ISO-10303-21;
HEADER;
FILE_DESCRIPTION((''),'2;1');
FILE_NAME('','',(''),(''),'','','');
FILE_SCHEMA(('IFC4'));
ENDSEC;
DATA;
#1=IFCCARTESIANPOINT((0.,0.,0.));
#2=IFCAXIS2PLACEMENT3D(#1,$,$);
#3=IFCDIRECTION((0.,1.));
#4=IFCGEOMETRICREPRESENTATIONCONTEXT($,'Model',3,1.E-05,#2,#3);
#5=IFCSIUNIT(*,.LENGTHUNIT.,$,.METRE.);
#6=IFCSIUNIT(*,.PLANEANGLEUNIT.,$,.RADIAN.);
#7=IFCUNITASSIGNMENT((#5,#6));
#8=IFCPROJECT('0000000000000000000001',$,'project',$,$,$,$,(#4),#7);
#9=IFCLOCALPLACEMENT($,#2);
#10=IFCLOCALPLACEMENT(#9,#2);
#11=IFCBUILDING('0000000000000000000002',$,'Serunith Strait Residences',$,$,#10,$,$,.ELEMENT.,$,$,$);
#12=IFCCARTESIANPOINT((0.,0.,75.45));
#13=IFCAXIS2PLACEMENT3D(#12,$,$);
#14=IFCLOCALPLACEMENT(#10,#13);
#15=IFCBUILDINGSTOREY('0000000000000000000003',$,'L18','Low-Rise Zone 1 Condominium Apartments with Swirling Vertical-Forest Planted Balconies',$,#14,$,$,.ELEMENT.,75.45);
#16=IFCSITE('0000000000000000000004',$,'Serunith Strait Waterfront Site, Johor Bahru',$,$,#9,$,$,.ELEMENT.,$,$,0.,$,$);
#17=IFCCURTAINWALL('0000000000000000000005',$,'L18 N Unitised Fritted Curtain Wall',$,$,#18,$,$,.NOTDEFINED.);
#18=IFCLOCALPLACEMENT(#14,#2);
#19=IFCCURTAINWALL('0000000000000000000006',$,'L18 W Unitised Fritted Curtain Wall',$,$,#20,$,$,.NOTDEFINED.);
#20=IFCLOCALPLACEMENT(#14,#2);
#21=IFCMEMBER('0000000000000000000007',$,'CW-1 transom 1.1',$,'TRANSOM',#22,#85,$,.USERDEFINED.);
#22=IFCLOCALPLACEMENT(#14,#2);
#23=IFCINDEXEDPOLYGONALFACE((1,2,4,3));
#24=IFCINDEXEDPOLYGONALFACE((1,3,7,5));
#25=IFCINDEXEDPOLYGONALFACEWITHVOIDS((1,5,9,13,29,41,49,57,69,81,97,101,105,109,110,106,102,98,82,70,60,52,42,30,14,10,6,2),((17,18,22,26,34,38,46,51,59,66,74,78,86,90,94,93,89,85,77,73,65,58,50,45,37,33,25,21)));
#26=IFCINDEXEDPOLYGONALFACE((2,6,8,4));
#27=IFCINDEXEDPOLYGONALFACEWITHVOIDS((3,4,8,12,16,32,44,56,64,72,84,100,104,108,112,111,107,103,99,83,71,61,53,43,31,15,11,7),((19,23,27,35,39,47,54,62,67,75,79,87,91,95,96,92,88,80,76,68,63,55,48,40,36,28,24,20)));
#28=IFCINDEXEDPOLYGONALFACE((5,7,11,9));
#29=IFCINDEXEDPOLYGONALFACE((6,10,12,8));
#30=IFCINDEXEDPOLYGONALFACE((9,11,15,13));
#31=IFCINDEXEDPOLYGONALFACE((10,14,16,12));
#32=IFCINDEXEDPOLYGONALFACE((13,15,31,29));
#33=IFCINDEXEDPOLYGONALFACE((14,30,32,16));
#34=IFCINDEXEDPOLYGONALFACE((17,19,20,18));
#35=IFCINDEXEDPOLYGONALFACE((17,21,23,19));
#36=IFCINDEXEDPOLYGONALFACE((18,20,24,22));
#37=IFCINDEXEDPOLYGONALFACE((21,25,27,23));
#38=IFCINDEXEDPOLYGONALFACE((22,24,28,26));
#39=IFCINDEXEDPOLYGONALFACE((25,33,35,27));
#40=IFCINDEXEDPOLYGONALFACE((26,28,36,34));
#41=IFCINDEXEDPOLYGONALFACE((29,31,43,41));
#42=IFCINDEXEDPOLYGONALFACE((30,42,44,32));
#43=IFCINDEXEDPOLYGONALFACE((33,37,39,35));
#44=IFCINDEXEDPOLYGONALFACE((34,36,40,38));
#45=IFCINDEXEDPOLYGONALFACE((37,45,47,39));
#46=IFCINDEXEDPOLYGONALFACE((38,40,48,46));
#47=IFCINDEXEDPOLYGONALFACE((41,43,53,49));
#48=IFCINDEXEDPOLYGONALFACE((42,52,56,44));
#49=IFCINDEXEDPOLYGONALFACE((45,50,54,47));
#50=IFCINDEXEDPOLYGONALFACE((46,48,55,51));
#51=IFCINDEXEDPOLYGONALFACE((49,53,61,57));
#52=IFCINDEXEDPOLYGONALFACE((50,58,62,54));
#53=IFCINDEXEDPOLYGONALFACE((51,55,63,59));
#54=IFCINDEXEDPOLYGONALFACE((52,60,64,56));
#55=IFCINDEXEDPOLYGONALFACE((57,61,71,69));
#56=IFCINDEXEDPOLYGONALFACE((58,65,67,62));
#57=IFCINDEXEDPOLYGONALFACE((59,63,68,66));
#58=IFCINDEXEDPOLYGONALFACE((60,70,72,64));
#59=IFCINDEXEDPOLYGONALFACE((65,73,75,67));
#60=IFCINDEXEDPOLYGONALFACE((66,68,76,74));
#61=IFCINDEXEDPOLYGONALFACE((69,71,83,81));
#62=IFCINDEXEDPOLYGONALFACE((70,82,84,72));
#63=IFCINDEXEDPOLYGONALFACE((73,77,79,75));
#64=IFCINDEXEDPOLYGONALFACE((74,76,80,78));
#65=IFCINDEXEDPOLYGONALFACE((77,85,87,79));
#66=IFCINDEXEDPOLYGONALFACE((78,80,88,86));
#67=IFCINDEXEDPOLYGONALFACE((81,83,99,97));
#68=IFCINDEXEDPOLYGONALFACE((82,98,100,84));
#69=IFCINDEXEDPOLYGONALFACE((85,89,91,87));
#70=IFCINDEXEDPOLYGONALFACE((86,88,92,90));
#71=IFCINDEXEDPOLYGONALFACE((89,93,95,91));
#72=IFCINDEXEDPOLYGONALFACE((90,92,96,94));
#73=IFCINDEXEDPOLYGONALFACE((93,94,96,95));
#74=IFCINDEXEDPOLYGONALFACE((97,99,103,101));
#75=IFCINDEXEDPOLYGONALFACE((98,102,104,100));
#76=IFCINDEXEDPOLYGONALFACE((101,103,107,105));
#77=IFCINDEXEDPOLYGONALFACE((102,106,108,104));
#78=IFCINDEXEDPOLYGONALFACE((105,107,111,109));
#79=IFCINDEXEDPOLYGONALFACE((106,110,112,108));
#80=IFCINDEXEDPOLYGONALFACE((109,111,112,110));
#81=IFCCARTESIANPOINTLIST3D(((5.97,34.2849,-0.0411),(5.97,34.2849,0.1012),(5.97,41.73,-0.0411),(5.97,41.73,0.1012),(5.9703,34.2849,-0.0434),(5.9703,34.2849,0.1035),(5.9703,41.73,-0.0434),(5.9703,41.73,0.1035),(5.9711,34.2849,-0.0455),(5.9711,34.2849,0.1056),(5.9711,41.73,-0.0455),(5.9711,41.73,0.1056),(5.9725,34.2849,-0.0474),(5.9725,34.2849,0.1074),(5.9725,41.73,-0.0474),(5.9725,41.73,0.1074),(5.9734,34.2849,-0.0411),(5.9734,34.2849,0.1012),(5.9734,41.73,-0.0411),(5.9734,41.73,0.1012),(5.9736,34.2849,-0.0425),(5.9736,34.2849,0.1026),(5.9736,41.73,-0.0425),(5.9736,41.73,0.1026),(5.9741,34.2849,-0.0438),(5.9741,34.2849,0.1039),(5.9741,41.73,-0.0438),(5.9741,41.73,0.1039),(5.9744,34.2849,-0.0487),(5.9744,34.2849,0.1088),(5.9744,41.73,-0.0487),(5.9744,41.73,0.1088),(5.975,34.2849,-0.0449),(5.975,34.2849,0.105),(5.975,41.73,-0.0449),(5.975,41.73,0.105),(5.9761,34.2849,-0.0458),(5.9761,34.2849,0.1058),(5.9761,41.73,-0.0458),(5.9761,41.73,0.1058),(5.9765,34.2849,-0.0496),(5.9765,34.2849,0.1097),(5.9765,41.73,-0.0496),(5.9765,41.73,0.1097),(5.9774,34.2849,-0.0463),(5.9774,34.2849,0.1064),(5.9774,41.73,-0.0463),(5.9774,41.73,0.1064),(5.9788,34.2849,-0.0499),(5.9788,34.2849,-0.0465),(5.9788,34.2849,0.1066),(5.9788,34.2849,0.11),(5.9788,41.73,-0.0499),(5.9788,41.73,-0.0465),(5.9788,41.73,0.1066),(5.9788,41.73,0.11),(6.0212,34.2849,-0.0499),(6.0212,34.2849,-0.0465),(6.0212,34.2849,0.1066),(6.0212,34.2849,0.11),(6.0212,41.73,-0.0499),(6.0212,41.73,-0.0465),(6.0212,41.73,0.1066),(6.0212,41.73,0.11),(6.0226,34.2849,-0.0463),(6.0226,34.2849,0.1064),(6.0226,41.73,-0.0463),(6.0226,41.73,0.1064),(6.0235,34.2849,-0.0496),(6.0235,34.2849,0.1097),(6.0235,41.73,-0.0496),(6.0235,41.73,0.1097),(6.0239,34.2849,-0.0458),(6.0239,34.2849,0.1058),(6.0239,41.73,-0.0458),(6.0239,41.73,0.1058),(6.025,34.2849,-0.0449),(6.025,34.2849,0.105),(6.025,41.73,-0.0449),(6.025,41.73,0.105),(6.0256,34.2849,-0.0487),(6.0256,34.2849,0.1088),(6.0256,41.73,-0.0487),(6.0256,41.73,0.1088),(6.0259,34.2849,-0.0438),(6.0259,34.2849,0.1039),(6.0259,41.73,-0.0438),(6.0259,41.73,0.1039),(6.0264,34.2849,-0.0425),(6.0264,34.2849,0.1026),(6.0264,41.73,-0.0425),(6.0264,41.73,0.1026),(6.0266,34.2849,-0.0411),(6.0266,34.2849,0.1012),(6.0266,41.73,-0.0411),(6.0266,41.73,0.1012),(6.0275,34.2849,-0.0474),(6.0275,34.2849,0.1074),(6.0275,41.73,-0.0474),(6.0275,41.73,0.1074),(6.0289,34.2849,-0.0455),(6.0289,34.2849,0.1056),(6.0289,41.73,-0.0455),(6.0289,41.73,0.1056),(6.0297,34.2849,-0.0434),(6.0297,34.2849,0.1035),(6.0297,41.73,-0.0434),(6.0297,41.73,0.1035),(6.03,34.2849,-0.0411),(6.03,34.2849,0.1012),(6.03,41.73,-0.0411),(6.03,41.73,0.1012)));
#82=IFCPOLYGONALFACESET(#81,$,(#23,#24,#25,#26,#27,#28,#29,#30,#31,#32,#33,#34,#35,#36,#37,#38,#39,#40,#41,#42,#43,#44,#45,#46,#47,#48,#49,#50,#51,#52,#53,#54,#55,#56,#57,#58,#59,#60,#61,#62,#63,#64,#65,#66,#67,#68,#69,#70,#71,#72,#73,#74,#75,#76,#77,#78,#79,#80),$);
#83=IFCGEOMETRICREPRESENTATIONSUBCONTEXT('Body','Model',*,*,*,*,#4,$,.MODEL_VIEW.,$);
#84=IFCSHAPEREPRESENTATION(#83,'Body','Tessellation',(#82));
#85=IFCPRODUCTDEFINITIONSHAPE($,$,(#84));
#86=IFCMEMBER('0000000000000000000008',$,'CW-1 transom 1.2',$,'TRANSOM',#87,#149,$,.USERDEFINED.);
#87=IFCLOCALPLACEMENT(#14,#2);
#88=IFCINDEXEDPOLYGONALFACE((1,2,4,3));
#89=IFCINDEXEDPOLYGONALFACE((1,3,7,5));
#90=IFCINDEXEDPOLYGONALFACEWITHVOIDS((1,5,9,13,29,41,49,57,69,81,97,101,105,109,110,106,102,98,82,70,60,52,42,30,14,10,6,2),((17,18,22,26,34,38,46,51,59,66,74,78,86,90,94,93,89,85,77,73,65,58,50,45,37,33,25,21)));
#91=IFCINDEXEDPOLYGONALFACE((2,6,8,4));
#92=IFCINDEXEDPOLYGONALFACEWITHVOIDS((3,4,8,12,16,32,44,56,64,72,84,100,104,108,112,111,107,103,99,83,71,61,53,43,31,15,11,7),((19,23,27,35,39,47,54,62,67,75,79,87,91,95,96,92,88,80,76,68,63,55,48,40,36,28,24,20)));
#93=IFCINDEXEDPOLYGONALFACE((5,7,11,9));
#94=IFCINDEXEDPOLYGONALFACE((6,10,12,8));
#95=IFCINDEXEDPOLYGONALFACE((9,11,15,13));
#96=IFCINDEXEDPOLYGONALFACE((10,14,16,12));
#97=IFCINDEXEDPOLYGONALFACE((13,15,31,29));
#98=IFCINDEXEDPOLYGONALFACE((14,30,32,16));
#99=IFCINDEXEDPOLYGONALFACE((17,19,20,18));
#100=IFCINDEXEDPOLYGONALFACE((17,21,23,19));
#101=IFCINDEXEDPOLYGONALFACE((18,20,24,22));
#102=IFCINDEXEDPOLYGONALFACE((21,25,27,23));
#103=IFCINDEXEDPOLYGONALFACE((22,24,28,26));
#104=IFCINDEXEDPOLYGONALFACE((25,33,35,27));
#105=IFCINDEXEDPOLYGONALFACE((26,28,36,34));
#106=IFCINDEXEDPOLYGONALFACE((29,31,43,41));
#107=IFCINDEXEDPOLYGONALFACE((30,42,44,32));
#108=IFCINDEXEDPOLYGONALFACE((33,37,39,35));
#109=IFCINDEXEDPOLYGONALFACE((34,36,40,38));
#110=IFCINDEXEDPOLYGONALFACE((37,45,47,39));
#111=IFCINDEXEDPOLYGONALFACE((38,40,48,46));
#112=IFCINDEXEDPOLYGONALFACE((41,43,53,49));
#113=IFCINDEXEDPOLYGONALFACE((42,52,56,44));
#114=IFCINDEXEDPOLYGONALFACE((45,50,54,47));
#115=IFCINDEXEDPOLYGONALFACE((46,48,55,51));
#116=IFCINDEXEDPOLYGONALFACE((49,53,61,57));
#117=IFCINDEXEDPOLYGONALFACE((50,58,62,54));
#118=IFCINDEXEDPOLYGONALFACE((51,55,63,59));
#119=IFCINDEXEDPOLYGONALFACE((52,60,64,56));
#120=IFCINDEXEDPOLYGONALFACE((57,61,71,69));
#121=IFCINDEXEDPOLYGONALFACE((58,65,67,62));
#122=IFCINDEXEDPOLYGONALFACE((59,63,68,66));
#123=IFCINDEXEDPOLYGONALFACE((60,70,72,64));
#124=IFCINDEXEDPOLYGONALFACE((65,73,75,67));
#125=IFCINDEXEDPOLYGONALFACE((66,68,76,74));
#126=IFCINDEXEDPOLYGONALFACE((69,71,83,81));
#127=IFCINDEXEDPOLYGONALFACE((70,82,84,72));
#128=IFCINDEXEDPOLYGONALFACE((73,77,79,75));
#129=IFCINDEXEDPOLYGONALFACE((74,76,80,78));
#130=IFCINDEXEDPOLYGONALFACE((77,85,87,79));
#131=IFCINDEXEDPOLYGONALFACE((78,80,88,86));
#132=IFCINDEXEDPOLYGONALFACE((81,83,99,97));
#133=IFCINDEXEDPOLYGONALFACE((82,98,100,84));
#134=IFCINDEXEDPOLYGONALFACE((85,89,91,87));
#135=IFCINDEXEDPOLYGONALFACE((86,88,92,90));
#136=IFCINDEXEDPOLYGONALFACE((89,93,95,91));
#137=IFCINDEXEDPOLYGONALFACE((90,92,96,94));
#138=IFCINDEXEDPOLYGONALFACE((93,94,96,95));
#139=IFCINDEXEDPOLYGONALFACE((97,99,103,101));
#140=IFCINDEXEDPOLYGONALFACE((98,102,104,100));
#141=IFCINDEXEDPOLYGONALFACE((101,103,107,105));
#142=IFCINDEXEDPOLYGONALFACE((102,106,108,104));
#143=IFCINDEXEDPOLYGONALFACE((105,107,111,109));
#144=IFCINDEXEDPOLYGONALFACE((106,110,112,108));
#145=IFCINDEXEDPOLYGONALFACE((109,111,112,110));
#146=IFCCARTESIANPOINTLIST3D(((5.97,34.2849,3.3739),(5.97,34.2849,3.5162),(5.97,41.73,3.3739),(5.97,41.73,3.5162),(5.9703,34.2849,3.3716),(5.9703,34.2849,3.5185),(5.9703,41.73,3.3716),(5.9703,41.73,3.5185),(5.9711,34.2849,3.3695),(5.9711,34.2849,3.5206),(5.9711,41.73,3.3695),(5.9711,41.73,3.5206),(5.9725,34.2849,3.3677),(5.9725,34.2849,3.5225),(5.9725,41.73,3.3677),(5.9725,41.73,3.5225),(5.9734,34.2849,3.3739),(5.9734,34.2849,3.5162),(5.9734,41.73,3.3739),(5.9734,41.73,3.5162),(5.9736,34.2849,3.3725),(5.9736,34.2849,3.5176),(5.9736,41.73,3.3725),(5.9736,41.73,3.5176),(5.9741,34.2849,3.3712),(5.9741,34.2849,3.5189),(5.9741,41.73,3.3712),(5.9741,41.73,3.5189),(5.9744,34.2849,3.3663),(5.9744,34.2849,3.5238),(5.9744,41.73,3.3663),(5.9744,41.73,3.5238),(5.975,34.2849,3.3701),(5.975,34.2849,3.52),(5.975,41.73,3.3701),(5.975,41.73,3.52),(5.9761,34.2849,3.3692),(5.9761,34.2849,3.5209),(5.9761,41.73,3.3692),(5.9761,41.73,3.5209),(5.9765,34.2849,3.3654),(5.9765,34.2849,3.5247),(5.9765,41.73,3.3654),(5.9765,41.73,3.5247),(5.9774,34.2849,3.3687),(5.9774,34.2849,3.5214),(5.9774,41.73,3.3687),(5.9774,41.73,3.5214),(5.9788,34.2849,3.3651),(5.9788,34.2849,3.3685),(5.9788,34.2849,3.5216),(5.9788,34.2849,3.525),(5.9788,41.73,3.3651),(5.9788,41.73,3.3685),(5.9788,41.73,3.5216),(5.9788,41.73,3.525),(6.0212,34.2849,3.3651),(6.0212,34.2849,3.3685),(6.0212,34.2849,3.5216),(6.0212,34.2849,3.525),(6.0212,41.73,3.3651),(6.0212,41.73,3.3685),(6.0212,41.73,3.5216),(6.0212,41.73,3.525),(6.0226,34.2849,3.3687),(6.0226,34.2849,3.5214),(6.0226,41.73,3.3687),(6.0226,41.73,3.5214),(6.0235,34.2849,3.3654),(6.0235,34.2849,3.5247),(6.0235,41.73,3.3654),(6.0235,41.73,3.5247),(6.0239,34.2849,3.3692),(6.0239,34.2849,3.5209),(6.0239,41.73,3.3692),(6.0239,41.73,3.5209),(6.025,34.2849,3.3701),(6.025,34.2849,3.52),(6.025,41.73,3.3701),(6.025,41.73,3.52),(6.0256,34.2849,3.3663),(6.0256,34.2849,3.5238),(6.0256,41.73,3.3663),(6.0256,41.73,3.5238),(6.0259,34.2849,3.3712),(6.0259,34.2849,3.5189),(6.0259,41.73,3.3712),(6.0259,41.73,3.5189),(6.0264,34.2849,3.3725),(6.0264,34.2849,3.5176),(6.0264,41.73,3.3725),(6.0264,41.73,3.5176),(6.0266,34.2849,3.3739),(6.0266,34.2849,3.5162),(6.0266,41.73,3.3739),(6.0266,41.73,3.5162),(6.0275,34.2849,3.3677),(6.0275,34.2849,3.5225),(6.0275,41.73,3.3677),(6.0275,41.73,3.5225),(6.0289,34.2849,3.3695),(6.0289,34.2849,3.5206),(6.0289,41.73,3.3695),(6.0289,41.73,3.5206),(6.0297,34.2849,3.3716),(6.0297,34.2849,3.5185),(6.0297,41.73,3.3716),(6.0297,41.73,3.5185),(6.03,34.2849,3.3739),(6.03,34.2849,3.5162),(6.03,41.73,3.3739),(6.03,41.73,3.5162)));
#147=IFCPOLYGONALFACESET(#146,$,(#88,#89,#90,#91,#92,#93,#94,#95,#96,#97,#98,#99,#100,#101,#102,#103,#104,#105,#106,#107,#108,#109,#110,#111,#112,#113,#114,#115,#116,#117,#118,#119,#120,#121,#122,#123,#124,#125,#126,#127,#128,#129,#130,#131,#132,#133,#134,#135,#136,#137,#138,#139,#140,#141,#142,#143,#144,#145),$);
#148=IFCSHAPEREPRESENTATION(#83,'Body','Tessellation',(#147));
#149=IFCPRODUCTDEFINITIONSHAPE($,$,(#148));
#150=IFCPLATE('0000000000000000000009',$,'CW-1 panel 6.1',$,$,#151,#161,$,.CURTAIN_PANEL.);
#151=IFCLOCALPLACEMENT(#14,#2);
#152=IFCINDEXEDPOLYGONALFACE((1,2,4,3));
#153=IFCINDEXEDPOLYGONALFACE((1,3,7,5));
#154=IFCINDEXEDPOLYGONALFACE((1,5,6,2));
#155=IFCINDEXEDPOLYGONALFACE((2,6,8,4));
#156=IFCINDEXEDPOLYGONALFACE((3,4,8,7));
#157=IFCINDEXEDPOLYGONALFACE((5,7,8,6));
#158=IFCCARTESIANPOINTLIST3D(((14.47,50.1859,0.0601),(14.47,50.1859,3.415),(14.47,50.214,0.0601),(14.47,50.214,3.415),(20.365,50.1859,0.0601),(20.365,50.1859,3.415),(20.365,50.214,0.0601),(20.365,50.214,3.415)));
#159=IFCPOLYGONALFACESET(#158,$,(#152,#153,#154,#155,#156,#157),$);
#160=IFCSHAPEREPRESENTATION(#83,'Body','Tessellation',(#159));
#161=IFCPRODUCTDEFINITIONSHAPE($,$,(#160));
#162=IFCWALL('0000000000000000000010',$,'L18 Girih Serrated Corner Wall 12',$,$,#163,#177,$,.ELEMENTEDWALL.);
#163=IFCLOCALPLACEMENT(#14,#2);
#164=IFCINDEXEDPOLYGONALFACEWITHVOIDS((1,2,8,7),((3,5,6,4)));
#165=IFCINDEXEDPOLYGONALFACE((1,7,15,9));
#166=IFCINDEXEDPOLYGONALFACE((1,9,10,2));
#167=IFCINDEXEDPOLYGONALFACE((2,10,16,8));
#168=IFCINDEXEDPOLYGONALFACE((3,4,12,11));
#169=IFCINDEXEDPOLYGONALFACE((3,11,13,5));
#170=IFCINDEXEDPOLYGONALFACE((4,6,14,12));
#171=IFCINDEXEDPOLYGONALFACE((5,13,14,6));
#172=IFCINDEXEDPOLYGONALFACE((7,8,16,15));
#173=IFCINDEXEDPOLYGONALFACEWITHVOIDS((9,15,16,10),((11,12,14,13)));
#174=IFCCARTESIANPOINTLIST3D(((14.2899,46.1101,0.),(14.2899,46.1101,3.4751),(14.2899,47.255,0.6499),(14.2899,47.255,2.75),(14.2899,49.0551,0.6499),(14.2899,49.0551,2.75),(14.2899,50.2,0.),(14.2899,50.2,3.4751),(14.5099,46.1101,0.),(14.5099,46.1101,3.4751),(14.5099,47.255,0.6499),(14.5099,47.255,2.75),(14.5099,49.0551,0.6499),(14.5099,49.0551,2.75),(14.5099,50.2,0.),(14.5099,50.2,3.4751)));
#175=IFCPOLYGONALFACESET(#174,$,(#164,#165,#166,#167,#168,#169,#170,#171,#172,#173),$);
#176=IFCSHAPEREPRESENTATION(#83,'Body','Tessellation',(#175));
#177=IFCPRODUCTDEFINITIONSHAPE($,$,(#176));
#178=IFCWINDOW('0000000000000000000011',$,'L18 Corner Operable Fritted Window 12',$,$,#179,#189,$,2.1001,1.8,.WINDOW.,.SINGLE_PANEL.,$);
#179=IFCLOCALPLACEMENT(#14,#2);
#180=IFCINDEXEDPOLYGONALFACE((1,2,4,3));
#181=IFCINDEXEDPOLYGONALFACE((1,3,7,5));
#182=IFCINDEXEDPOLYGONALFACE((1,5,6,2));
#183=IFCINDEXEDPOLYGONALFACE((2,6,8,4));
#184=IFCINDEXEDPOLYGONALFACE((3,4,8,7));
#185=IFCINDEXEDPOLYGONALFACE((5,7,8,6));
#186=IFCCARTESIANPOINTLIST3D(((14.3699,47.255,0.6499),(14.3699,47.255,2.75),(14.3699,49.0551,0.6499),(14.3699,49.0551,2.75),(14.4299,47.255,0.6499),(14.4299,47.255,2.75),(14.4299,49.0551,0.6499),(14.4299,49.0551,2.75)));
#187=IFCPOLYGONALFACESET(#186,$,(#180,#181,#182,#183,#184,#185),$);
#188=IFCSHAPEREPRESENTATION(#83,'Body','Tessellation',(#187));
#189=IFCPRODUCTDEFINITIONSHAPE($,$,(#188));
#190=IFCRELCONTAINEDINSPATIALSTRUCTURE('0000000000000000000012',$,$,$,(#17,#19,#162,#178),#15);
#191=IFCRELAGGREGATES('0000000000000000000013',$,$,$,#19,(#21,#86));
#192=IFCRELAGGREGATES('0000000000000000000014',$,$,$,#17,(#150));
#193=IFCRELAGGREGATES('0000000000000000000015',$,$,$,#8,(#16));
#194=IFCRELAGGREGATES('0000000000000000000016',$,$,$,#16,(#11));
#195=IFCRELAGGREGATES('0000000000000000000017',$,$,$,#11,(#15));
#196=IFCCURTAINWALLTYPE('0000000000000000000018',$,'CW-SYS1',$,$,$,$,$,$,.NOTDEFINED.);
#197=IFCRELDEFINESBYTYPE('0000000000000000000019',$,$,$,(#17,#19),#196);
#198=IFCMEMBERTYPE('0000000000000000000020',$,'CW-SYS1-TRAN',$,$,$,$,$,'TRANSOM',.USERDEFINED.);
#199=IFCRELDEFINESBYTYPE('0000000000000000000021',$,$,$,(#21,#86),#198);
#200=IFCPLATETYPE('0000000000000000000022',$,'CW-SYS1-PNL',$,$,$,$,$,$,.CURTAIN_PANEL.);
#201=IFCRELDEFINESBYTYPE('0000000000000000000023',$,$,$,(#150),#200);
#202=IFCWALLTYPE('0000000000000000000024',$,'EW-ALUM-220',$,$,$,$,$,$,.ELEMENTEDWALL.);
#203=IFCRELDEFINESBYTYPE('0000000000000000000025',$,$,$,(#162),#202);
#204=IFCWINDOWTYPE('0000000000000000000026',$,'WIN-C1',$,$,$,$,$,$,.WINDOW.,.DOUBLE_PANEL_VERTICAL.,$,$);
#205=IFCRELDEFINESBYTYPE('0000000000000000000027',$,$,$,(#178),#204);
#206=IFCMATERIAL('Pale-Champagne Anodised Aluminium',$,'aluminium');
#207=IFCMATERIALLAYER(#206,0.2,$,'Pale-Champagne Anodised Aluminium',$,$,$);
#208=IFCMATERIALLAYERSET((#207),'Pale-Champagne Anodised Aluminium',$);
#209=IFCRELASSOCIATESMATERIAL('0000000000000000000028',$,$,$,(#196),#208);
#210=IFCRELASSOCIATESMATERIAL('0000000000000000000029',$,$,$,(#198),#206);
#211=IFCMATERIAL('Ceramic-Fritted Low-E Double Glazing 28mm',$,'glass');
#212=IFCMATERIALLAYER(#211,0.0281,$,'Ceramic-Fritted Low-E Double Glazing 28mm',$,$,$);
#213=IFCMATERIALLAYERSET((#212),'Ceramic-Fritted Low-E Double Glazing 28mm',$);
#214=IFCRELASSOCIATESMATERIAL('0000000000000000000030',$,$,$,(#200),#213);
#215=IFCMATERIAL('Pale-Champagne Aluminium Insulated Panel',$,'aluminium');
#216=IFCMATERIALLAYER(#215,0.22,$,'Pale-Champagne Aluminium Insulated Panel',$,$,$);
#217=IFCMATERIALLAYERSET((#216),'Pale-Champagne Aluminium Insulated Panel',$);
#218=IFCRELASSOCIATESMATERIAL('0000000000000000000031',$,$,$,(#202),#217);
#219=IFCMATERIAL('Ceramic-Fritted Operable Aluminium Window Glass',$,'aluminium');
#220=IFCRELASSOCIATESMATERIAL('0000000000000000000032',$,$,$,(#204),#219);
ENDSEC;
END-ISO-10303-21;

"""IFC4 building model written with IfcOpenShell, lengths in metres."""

from ifc_helpers import new_model, si_unit, direction, frame, frame_2d, origin, origin_2d, place, context, subcontext, project, spatial, rectangle, hollow_rectangle, extrude, source, transform, mapped, material, layer, layer_set, material_profile, profile_set, type_object, element, fill, aggregate, save


model = new_model("IFC4")

# Units and contexts
model_context = context("Model", 3, precision=1e-05, world=origin(), true_north=direction((0.0, 1.0)))
body_context = subcontext(model_context, "Body", "Model", "MODEL_VIEW")
ifc_project = project(units=[si_unit("LENGTHUNIT", "METRE"), si_unit("PLANEANGLEUNIT", "RADIAN")], contexts=[model_context])

# Site, building, storey
site_placement = place(None, origin())
site = spatial("IfcSite", under=ifc_project, at=site_placement, Name="Serunith Strait Waterfront Site, Johor Bahru", CompositionType="ELEMENT", RefElevation=0.0)
building_placement = place(site_placement, origin())
building = spatial("IfcBuilding", under=site, at=building_placement, Name="Serunith Strait Residences", CompositionType="ELEMENT")
storey_placement = place(building_placement, frame((0.0, 0.0, 75.45)))
storey = spatial("IfcBuildingStorey", under=building, at=storey_placement, Name="L18", Description="Low-Rise Zone 1 Condominium Apartments with Swirling Vertical-Forest Planted Balconies", CompositionType="ELEMENT", Elevation=75.45)

# Curtain walls
ifc_material_1 = material(Name="Pale-Champagne Anodised Aluminium", Category="aluminium")
ifc_layer_1 = layer(ifc_material_1, 0.2, Name="Pale-Champagne Anodised Aluminium")
ifc_layer_set_1 = layer_set([ifc_layer_1], Name="Pale-Champagne Anodised Aluminium")
curtain_wall_type = type_object("IfcCurtainWallType", Name="CW-SYS1", PredefinedType="NOTDEFINED", material=ifc_layer_set_1)
curtain_wall_1_placement = place(storey_placement, origin())
curtain_wall_1 = element("IfcCurtainWall", 1, at=curtain_wall_1_placement, inside=storey, type_object=curtain_wall_type, Name="L18 N Unitised Fritted Curtain Wall", PredefinedType="NOTDEFINED")
curtain_wall_2_placement = place(storey_placement, origin())
curtain_wall_2 = element("IfcCurtainWall", 2, at=curtain_wall_2_placement, inside=storey, type_object=curtain_wall_type, Name="L18 W Unitised Fritted Curtain Wall", PredefinedType="NOTDEFINED")

# Members
ifc_material_profile_1 = material_profile(ifc_material_1, hollow_rectangle(XDim=0.0601, YDim=0.1599, WallThickness=0.0034, InnerFilletRadius=0.0054, OuterFilletRadius=0.0088, at=origin_2d()), Name="ALU 160x60x3.5")
ifc_profile_set_1 = profile_set([ifc_material_profile_1], Name="Pale-Champagne Anodised Aluminium")
member_type_1 = type_object("IfcMemberType", Name="CW-SYS1-TRAN", ElementType="TRANSOM", PredefinedType="USERDEFINED", material=ifc_profile_set_1)
shared_shape_1 = source(origin(), body_context, "Body", "SweptSolid", [
    extrude(hollow_rectangle(XDim=0.0601, YDim=0.1599, WallThickness=0.0034, InnerFilletRadius=0.0054, OuterFilletRadius=0.0088, at=origin_2d()), origin(), (0.0, 0.0, 1.0), 7.4451),
])
member_1_placement = place(storey_placement, frame((6.0, 41.73, 0.03), z_axis=(0.0, -1.0, 0.0), x_axis=(1.0, 0.0, 0.0)))
member_1 = element("IfcMember", 3, at=member_1_placement, type_object=member_type_1, Name="CW-1 transom 1.1", ObjectType="TRANSOM", PredefinedType="USERDEFINED", context=body_context, shape_type="MappedRepresentation", body=[
    mapped(shared_shape_1, transform((0.0, 0.0, 0.0), scale=1.0)),
])
member_2_placement = place(storey_placement, frame((6.0, 41.73, 3.4451), z_axis=(0.0, -1.0, 0.0), x_axis=(1.0, 0.0, 0.0)))
member_2 = element("IfcMember", 4, at=member_2_placement, type_object=member_type_1, Name="CW-1 transom 1.2", ObjectType="TRANSOM", PredefinedType="USERDEFINED", context=body_context, shape_type="MappedRepresentation", body=[
    mapped(shared_shape_1, transform((0.0, 0.0, 0.0), scale=1.0)),
])
aggregate(curtain_wall_2, [member_1, member_2])

# Plate
ifc_material_2 = material(Name="Ceramic-Fritted Low-E Double Glazing 28mm", Category="glass")
ifc_layer_2 = layer(ifc_material_2, 0.0281, Name="Ceramic-Fritted Low-E Double Glazing 28mm")
ifc_layer_set_2 = layer_set([ifc_layer_2], Name="Ceramic-Fritted Low-E Double Glazing 28mm")
plate_type = type_object("IfcPlateType", Name="CW-SYS1-PNL", PredefinedType="CURTAIN_PANEL", material=ifc_layer_set_2)
shared_shape_2 = source(origin(), body_context, "Body", "SweptSolid", [
    extrude(rectangle(XDim=5.895, YDim=0.0281, at=origin_2d()), origin(), (0.0, 0.0, 1.0), 3.355),
])
plate_placement = place(storey_placement, frame((17.4175, 50.2, 0.0601), z_axis=(0.0, 0.0, 1.0), x_axis=(-1.0, 0.0, 0.0)))
plate = element("IfcPlate", 5, at=plate_placement, type_object=plate_type, Name="CW-1 panel 6.1", PredefinedType="CURTAIN_PANEL", context=body_context, shape_type="MappedRepresentation", body=[
    mapped(shared_shape_2, transform((0.0, 0.0, 0.0), scale=1.0)),
])
aggregate(curtain_wall_1, [plate])

# Wall, opening, window
ifc_material_3 = material(Name="Pale-Champagne Aluminium Insulated Panel", Category="aluminium")
ifc_layer_3 = layer(ifc_material_3, 0.22, Name="Pale-Champagne Aluminium Insulated Panel")
ifc_layer_set_3 = layer_set([ifc_layer_3], Name="Pale-Champagne Aluminium Insulated Panel")
wall_type_1 = type_object("IfcWallType", Name="EW-ALUM-220", PredefinedType="ELEMENTEDWALL", material=ifc_layer_set_3)
wall_1_placement = place(storey_placement, frame((14.3999, 50.2, 0.0), z_axis=(0.0, 0.0, 1.0), x_axis=(0.0, -1.0, 0.0)))
wall_1 = element("IfcWall", 6, at=wall_1_placement, inside=storey, type_object=wall_type_1, Name="L18 Girih Serrated Corner Wall 12", PredefinedType="ELEMENTEDWALL", context=body_context, shape_type="SweptSolid", body=[
    extrude(rectangle(XDim=4.0898, YDim=0.22, at=frame_2d((2.0449, 0.0))), origin(), (0.0, 0.0, 1.0), 3.4751),
])
opening_1_placement = place(wall_1_placement, frame((1.145, 0.0, 0.6499)))
opening_1 = element("IfcOpeningElement", 7, at=opening_1_placement, cuts=wall_1, PredefinedType="OPENING", context=body_context, shape_type="SweptSolid", body=[
    extrude(rectangle(XDim=1.8, YDim=2.1001, at=frame_2d((0.8999, 1.05))), frame((0.0, 0.1201, 0.0), z_axis=(0.0, -1.0, 0.0), x_axis=(1.0, 0.0, 0.0)), (0.0, 0.0, 1.0), 0.24),
])
ifc_material_4 = material(Name="Ceramic-Fritted Operable Aluminium Window Glass", Category="aluminium")
window_type = type_object("IfcWindowType", Name="WIN-C1", PartitioningType="DOUBLE_PANEL_VERTICAL", PredefinedType="WINDOW", material=ifc_material_4)
shared_shape_3 = source(origin(), body_context, "Body", "SweptSolid", [
    extrude(rectangle(XDim=1.8, YDim=2.1001, at=frame_2d((0.8999, 1.05))), frame((0.0, 0.03, 0.0), z_axis=(0.0, -1.0, 0.0), x_axis=(1.0, 0.0, 0.0)), (0.0, 0.0, 1.0), 0.0601),
])
window_1_placement = place(opening_1_placement, origin())
window_1 = element("IfcWindow", 8, at=window_1_placement, inside=storey, type_object=window_type, Name="L18 Corner Operable Fritted Window 12", OverallHeight=2.1001, OverallWidth=1.8, PartitioningType="SINGLE_PANEL", PredefinedType="WINDOW", context=body_context, shape_type="MappedRepresentation", body=[
    mapped(shared_shape_3, transform((0.0, 0.0, 0.0), scale=1.0)),
])
fill(opening_1, window_1)

save(model, "model.ifc")
